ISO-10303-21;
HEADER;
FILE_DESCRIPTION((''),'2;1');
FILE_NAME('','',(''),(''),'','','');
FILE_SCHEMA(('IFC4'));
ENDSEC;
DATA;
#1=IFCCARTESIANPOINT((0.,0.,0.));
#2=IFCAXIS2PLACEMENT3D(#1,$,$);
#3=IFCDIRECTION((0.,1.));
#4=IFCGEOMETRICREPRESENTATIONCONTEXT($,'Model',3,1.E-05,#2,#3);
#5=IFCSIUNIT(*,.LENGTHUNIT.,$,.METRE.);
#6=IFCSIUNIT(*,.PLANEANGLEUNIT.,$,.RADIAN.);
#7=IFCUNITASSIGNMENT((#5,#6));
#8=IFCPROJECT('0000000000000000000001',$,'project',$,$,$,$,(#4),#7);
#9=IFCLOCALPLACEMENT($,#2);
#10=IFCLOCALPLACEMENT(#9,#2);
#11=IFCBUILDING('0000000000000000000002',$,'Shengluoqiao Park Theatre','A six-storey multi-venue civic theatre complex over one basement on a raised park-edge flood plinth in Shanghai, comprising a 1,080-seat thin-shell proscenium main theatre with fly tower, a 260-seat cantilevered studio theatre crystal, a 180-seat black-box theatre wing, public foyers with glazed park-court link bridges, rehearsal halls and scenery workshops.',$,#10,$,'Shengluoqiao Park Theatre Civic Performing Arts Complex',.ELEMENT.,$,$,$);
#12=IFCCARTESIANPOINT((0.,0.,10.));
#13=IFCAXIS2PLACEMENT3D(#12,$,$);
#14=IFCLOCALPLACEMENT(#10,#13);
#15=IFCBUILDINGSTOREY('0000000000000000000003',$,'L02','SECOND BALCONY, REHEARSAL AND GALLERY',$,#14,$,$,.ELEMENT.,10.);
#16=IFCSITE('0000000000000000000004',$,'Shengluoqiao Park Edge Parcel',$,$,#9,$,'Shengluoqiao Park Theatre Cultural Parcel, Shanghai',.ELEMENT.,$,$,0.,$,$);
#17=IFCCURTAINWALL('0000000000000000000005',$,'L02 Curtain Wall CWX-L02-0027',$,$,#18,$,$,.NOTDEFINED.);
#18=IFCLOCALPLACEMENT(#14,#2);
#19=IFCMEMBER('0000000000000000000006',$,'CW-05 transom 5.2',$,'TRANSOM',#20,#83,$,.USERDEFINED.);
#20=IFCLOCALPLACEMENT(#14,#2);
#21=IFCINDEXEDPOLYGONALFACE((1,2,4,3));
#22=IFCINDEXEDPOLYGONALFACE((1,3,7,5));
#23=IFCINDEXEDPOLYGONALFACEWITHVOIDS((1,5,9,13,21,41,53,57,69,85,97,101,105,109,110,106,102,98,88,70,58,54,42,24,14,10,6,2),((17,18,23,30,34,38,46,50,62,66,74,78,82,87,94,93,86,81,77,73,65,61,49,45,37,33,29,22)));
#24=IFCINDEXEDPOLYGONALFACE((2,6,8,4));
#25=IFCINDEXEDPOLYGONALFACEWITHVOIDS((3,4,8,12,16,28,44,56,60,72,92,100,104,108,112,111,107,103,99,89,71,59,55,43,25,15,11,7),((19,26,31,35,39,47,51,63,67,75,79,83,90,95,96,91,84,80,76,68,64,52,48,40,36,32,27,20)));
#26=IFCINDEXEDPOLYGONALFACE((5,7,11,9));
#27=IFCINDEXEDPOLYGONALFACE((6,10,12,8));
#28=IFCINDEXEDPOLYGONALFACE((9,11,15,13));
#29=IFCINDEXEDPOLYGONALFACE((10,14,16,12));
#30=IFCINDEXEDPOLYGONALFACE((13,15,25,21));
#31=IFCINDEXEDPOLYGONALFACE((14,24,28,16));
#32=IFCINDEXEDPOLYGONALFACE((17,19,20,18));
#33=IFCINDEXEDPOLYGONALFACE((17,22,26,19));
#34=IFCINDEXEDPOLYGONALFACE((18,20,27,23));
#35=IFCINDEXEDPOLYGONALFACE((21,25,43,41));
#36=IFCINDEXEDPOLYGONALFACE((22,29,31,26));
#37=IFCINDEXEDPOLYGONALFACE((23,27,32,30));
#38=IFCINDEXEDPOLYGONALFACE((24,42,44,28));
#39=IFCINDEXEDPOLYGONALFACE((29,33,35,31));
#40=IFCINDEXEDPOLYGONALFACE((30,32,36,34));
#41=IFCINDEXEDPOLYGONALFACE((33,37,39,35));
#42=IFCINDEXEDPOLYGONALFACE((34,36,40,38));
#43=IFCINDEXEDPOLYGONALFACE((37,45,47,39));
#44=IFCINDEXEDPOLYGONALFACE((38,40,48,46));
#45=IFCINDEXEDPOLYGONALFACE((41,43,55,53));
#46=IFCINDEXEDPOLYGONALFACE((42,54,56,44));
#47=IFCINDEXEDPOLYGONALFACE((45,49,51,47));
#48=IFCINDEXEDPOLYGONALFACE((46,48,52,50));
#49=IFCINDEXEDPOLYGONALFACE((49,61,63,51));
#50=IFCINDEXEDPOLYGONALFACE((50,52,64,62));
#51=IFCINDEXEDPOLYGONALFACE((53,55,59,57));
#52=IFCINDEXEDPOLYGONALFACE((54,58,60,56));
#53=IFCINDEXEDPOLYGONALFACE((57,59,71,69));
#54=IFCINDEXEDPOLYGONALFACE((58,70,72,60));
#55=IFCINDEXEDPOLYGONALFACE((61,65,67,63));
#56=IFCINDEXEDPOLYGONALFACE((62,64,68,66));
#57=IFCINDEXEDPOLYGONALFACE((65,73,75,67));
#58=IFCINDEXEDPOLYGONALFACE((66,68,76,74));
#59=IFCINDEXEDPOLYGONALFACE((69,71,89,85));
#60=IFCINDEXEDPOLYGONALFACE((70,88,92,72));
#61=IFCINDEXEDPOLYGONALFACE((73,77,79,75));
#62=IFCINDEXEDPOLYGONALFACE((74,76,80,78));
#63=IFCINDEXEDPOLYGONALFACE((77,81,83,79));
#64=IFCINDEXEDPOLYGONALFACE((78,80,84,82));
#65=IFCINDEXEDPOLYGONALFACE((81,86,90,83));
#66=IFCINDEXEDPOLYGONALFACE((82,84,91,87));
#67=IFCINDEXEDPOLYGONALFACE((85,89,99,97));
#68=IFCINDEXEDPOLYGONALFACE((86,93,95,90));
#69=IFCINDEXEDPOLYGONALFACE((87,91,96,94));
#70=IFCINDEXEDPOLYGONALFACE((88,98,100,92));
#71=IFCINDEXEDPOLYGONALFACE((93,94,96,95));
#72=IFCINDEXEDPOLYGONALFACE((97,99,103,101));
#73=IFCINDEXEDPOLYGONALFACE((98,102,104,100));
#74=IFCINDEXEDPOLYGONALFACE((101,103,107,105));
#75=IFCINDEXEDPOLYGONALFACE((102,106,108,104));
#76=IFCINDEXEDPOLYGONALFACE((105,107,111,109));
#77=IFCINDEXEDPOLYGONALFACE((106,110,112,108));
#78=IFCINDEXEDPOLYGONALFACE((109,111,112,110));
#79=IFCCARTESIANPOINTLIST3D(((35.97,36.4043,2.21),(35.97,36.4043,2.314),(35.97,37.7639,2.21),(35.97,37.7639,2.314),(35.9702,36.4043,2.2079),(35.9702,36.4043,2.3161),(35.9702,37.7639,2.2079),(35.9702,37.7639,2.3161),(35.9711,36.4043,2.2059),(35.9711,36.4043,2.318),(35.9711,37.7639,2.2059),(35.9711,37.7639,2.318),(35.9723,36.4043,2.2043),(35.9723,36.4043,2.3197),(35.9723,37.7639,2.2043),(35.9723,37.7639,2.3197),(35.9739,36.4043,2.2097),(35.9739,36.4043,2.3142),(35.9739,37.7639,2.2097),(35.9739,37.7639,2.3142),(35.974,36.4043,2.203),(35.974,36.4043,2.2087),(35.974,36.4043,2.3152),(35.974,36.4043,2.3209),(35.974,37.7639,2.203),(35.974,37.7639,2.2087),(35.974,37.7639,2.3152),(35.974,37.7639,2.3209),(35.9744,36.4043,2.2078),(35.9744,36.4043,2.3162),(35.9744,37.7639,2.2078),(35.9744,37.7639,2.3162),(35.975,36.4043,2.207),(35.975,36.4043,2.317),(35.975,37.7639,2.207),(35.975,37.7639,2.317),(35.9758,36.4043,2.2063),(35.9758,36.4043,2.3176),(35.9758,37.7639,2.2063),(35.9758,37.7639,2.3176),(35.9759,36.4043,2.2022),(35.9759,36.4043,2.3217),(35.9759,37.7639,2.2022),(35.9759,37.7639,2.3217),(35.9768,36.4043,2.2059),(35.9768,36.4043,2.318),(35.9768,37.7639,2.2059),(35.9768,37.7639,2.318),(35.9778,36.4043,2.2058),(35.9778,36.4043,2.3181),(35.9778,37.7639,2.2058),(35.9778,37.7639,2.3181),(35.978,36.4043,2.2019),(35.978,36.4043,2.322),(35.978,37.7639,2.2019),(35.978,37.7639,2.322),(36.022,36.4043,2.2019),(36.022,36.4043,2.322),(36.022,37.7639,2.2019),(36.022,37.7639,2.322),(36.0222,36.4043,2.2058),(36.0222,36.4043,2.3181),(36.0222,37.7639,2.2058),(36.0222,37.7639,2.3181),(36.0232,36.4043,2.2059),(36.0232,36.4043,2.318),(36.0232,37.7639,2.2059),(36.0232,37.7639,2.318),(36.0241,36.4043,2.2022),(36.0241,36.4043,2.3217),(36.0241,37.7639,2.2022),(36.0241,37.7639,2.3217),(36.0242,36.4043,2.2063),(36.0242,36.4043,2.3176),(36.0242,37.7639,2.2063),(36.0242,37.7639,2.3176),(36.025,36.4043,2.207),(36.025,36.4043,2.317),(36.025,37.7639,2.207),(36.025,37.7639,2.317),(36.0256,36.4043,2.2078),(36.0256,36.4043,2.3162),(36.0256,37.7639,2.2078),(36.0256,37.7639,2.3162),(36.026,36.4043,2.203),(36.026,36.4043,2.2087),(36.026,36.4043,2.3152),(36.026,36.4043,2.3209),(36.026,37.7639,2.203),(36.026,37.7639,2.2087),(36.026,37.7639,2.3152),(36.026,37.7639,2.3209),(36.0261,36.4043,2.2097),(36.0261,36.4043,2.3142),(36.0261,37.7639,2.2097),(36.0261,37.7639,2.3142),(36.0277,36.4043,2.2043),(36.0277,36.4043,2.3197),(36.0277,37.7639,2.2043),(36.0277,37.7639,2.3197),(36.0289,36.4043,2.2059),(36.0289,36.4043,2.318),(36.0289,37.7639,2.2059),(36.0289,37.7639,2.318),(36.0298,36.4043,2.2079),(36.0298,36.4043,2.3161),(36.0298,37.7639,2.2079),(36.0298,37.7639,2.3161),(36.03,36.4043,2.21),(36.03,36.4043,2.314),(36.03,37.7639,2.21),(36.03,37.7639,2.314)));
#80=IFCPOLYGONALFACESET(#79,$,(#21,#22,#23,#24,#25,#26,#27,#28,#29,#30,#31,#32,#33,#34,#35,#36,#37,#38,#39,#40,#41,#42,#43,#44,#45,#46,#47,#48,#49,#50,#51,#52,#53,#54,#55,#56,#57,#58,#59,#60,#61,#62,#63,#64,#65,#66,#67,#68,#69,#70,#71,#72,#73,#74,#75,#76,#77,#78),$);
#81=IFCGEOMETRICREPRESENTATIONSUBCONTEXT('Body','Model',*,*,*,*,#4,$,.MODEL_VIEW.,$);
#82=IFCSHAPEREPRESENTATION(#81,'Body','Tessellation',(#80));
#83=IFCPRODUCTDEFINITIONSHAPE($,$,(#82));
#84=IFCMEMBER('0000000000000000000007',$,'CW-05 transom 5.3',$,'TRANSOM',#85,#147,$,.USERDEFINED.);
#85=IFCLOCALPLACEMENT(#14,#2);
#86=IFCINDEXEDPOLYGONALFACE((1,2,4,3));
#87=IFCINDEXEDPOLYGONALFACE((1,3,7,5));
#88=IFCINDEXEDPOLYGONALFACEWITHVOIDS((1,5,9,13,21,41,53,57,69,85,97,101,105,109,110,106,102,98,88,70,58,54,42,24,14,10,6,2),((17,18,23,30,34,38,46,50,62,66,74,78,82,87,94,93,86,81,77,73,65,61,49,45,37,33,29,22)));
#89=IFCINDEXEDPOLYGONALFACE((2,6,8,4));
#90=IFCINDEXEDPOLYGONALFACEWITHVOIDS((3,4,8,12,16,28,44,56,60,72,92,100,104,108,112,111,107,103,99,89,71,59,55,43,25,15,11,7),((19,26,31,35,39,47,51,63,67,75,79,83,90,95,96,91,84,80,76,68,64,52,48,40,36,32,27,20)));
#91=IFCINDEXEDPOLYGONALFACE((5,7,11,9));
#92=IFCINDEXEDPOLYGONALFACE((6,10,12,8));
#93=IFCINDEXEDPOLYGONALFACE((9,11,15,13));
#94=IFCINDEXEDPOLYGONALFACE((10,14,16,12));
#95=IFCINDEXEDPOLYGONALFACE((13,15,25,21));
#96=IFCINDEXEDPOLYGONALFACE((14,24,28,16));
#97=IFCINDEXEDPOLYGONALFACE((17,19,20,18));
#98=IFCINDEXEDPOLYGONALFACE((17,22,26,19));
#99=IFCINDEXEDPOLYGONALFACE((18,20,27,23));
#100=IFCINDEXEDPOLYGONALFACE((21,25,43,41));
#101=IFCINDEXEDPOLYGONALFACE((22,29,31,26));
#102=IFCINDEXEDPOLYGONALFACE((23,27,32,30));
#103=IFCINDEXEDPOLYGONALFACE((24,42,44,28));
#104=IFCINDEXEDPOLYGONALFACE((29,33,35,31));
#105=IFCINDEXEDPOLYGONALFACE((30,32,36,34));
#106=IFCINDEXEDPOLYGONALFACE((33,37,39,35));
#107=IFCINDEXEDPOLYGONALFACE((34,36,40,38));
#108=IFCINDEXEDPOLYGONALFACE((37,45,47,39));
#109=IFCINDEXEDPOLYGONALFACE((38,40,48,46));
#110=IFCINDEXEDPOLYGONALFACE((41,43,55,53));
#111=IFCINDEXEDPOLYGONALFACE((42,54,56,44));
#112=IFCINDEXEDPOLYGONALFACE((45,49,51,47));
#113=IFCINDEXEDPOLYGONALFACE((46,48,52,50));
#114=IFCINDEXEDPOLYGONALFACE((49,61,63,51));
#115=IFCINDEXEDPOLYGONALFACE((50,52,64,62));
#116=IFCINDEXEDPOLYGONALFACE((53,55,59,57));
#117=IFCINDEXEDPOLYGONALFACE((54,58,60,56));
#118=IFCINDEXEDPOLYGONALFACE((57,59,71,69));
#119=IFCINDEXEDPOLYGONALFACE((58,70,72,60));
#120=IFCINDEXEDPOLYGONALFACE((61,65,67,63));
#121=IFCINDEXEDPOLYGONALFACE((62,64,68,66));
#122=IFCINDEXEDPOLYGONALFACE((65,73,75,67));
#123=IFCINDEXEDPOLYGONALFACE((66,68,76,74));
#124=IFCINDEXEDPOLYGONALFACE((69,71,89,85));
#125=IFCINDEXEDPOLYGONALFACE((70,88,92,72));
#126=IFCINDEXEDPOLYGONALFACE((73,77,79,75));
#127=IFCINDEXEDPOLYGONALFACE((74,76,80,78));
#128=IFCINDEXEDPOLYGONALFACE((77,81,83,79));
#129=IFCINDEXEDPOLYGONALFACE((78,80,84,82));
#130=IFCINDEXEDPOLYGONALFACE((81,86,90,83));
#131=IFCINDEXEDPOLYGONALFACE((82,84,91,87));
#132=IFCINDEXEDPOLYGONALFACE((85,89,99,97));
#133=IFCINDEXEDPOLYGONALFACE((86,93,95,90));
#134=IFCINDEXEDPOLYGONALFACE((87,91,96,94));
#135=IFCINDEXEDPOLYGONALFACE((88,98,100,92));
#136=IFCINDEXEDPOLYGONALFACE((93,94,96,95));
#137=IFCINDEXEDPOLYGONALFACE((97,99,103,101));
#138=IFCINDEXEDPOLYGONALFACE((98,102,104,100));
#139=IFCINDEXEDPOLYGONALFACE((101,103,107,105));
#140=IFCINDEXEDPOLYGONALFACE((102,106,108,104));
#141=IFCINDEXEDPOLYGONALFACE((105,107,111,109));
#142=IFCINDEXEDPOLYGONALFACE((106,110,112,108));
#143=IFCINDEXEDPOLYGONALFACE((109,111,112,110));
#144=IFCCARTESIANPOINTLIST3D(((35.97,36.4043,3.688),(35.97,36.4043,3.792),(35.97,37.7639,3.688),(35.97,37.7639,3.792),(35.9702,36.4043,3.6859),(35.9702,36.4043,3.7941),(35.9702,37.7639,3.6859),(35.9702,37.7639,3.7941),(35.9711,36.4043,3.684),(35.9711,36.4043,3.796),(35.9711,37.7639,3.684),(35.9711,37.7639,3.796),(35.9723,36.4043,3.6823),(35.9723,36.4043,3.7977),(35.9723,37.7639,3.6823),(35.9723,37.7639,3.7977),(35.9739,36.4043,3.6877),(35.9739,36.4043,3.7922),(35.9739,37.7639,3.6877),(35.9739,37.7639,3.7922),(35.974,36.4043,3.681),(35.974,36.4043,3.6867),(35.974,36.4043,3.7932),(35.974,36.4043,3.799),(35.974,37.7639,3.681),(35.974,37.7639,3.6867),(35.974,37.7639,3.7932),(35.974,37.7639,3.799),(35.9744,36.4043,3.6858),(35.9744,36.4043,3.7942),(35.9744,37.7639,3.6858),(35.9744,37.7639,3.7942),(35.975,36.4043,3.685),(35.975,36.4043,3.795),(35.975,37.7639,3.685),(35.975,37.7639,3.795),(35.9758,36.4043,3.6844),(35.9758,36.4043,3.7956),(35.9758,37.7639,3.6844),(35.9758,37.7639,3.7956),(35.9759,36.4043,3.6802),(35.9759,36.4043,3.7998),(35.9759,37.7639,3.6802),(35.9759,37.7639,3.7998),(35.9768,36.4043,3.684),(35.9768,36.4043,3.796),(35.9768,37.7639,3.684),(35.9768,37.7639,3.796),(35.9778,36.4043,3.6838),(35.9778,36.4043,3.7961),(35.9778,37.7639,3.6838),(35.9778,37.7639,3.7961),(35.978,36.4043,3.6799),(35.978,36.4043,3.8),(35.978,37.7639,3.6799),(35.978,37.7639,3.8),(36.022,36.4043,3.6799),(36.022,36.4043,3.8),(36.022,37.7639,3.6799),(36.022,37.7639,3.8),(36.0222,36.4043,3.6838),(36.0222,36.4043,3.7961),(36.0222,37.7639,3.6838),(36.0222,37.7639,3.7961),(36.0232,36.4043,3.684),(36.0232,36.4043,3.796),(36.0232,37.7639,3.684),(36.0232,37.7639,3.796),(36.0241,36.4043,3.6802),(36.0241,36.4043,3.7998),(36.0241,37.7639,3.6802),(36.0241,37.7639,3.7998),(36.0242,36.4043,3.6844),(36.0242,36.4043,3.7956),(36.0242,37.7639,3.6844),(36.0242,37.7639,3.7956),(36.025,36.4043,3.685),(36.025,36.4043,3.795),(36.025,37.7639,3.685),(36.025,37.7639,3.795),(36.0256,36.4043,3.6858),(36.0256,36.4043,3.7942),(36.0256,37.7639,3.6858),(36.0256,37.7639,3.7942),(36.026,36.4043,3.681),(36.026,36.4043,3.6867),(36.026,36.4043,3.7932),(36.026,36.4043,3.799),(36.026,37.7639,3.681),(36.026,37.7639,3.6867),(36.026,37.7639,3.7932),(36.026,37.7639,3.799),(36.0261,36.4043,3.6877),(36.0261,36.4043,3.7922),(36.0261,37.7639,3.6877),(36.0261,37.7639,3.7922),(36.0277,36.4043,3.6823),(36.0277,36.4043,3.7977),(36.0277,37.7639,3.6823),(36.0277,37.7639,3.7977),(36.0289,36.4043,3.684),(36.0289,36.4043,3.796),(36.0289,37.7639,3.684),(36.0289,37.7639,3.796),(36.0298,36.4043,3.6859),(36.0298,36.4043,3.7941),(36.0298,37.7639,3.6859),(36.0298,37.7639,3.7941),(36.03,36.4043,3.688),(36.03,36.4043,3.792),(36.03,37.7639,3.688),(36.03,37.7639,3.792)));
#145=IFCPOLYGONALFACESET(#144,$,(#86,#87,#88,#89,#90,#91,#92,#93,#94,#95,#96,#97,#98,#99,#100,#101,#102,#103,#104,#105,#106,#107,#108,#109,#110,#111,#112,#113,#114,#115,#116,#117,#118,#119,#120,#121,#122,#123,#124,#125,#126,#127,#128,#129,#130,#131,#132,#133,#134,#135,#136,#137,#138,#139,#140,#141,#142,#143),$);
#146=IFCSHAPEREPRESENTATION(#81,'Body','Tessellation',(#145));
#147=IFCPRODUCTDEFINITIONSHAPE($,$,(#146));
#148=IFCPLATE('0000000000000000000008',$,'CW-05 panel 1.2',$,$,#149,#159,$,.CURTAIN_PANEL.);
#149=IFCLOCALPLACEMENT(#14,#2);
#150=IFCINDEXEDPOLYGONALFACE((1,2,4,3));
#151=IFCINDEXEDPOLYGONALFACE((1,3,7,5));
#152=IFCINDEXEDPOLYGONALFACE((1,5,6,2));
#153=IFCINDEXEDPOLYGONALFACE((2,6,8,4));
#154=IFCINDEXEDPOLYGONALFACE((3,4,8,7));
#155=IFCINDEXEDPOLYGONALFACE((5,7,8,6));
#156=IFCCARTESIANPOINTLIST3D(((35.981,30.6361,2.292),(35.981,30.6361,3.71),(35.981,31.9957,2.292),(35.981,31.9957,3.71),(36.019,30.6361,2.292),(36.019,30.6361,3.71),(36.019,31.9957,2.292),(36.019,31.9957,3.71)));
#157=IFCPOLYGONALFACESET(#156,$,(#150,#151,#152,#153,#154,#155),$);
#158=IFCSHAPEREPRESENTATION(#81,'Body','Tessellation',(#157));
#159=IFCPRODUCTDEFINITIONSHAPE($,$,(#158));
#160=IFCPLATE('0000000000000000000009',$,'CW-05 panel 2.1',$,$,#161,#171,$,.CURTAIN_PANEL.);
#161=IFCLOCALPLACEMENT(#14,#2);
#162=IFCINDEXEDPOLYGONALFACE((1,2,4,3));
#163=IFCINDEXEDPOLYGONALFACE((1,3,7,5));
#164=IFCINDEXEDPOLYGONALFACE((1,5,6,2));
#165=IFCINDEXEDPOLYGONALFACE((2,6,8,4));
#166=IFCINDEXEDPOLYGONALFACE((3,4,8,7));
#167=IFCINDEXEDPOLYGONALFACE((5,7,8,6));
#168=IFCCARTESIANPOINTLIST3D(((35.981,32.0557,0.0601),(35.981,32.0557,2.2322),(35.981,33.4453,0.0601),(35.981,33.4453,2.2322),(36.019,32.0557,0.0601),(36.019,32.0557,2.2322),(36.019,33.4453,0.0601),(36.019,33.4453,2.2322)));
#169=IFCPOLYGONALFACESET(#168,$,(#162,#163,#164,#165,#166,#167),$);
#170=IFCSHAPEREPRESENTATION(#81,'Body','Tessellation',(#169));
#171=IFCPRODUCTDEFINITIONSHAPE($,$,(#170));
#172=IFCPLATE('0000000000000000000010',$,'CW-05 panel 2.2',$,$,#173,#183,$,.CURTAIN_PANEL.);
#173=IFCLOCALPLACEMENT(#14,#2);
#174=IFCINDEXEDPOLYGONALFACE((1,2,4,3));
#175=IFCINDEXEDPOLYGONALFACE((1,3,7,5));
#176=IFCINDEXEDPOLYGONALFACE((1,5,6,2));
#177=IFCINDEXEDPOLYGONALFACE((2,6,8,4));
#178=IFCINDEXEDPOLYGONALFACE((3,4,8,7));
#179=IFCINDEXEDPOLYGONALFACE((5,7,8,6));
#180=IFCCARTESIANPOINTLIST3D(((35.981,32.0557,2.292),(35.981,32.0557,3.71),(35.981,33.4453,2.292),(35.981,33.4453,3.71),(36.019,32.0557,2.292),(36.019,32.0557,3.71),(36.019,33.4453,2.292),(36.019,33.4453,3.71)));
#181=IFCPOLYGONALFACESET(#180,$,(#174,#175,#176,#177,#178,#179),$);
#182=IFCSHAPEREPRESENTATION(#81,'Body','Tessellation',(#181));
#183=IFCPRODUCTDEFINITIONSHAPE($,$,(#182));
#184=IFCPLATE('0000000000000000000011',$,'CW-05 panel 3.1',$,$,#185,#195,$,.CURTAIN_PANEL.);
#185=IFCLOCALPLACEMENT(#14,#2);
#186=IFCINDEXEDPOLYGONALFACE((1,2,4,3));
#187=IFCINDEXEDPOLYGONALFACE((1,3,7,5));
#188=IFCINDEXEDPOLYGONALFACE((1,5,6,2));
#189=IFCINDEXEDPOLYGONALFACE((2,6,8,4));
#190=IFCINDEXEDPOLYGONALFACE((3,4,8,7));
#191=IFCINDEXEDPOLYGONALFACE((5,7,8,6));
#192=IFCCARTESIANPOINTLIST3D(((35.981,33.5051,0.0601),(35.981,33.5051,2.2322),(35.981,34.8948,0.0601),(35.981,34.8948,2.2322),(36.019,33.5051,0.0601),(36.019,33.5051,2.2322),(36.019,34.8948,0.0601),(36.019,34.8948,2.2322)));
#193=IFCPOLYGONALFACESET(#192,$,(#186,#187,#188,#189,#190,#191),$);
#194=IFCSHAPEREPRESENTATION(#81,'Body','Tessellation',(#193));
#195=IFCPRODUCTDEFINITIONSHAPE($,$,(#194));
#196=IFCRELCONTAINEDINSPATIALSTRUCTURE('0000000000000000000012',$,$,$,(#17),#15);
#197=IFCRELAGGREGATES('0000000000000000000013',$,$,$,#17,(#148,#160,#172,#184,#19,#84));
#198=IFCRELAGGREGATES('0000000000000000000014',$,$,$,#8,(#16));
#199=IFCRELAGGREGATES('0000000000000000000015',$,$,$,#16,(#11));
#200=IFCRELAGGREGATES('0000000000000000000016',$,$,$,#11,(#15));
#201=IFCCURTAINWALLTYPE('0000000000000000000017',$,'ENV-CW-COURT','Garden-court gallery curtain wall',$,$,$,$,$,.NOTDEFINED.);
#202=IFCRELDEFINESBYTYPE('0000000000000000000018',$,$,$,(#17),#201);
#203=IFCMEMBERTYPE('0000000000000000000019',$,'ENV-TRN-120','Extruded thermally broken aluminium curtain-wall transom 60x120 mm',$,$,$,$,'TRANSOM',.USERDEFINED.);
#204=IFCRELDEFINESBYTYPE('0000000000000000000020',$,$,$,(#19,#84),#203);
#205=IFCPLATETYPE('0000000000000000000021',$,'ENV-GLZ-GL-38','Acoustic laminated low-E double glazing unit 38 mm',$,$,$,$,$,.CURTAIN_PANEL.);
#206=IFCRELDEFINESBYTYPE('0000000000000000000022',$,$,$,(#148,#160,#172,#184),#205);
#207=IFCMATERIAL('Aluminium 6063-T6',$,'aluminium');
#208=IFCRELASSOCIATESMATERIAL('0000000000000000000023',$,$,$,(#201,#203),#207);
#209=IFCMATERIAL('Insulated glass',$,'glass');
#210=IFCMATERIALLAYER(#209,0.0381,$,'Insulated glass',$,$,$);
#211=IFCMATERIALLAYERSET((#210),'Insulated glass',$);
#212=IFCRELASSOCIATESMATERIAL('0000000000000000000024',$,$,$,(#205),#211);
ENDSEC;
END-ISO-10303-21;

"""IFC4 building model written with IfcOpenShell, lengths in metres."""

from ifc_helpers import new_model, si_unit, direction, frame, origin, origin_2d, place, context, subcontext, project, spatial, rectangle, hollow_rectangle, extrude, material, layer, layer_set, material_profile, profile_set, type_object, element, aggregate, save


model = new_model("IFC4")

# Units and contexts
model_context = context("Model", 3, precision=1e-05, world=origin(), true_north=direction((0.0, 1.0)))
body_context = subcontext(model_context, "Body", "Model", "MODEL_VIEW")
ifc_project = project(units=[si_unit("LENGTHUNIT", "METRE"), si_unit("PLANEANGLEUNIT", "RADIAN")], contexts=[model_context])

# Site, building, storey
site_placement = place(None, origin())
site = spatial("IfcSite", under=ifc_project, at=site_placement, Name="Shengluoqiao Park Edge Parcel", LongName="Shengluoqiao Park Theatre Cultural Parcel, Shanghai", CompositionType="ELEMENT", RefElevation=0.0)
building_placement = place(site_placement, origin())
building = spatial("IfcBuilding", under=site, at=building_placement, Name="Shengluoqiao Park Theatre", Description="A six-storey multi-venue civic theatre complex over one basement on a raised park-edge flood plinth in Shanghai, comprising a 1,080-seat thin-shell proscenium main theatre with fly tower, a 260-seat cantilevered studio theatre crystal, a 180-seat black-box theatre wing, public foyers with glazed park-court link bridges, rehearsal halls and scenery workshops.", LongName="Shengluoqiao Park Theatre Civic Performing Arts Complex", CompositionType="ELEMENT")
storey_placement = place(building_placement, frame((0.0, 0.0, 10.0)))
storey = spatial("IfcBuildingStorey", under=building, at=storey_placement, Name="L02", Description="SECOND BALCONY, REHEARSAL AND GALLERY", CompositionType="ELEMENT", Elevation=10.0)

# Curtain wall, members, plates
ifc_material_1 = material(Name="Aluminium 6063-T6", Category="aluminium")
curtain_wall_type = type_object("IfcCurtainWallType", Name="ENV-CW-COURT", Description="Garden-court gallery curtain wall", PredefinedType="NOTDEFINED", material=ifc_material_1)
curtain_wall_placement = place(storey_placement, origin())
curtain_wall = element("IfcCurtainWall", 1, at=curtain_wall_placement, inside=storey, type_object=curtain_wall_type, Name="L02 Curtain Wall CWX-L02-0027", PredefinedType="NOTDEFINED")
ifc_material_profile_1 = material_profile(ifc_material_1, hollow_rectangle(XDim=0.0601, YDim=0.1201, WallThickness=0.0039, InnerFilletRadius=0.0039, OuterFilletRadius=0.0081, at=origin_2d()), Name="ALU TRANSOM 120x60x4")
ifc_profile_set_1 = profile_set([ifc_material_profile_1], Name="Aluminium 6063-T6")
member_type_1 = type_object("IfcMemberType", Name="ENV-TRN-120", Description="Extruded thermally broken aluminium curtain-wall transom 60x120 mm", ElementType="TRANSOM", PredefinedType="USERDEFINED", material=ifc_profile_set_1)
member_1_placement = place(storey_placement, frame((36.0, 36.4043, 2.262), z_axis=(0.0, 1.0, 0.0), x_axis=(-1.0, 0.0, 0.0)))
member_1 = element("IfcMember", 2, at=member_1_placement, type_object=member_type_1, Name="CW-05 transom 5.2", ObjectType="TRANSOM", PredefinedType="USERDEFINED", context=body_context, shape_type="SweptSolid", body=[
    extrude(hollow_rectangle(XDim=0.0601, YDim=0.1201, WallThickness=0.0039, InnerFilletRadius=0.0039, OuterFilletRadius=0.0081, at=origin_2d()), origin(), (0.0, 0.0, 1.0), 1.3596),
])
member_2_placement = place(storey_placement, frame((36.0, 36.4043, 3.74), z_axis=(0.0, 1.0, 0.0), x_axis=(-1.0, 0.0, 0.0)))
member_2 = element("IfcMember", 3, at=member_2_placement, type_object=member_type_1, Name="CW-05 transom 5.3", ObjectType="TRANSOM", PredefinedType="USERDEFINED", context=body_context, shape_type="SweptSolid", body=[
    extrude(hollow_rectangle(XDim=0.0601, YDim=0.1201, WallThickness=0.0039, InnerFilletRadius=0.0039, OuterFilletRadius=0.0081, at=origin_2d()), origin(), (0.0, 0.0, 1.0), 1.3596),
])
ifc_material_2 = material(Name="Insulated glass", Category="glass")
ifc_layer = layer(ifc_material_2, 0.0381, Name="Insulated glass")
ifc_layer_set = layer_set([ifc_layer], Name="Insulated glass")
plate_type = type_object("IfcPlateType", Name="ENV-GLZ-GL-38", Description="Acoustic laminated low-E double glazing unit 38 mm", PredefinedType="CURTAIN_PANEL", material=ifc_layer_set)
plate_1_placement = place(storey_placement, frame((36.0, 31.3159, 2.292), z_axis=(0.0, 0.0, 1.0), x_axis=(0.0, 1.0, 0.0)))
plate_1 = element("IfcPlate", 4, at=plate_1_placement, type_object=plate_type, Name="CW-05 panel 1.2", PredefinedType="CURTAIN_PANEL", context=body_context, shape_type="SweptSolid", body=[
    extrude(rectangle(XDim=1.3596, YDim=0.0381, at=origin_2d()), origin(), (0.0, 0.0, 1.0), 1.418),
])
plate_2_placement = place(storey_placement, frame((36.0, 32.7505, 0.0601), z_axis=(0.0, 0.0, 1.0), x_axis=(0.0, 1.0, 0.0)))
plate_2 = element("IfcPlate", 5, at=plate_2_placement, type_object=plate_type, Name="CW-05 panel 2.1", PredefinedType="CURTAIN_PANEL", context=body_context, shape_type="SweptSolid", body=[
    extrude(rectangle(XDim=1.3896, YDim=0.0381, at=origin_2d()), origin(), (0.0, 0.0, 1.0), 2.1721),
])
plate_3_placement = place(storey_placement, frame((36.0, 32.7505, 2.292), z_axis=(0.0, 0.0, 1.0), x_axis=(0.0, 1.0, 0.0)))
plate_3 = element("IfcPlate", 6, at=plate_3_placement, type_object=plate_type, Name="CW-05 panel 2.2", PredefinedType="CURTAIN_PANEL", context=body_context, shape_type="SweptSolid", body=[
    extrude(rectangle(XDim=1.3896, YDim=0.0381, at=origin_2d()), origin(), (0.0, 0.0, 1.0), 1.418),
])
plate_4_placement = place(storey_placement, frame((36.0, 34.2, 0.0601), z_axis=(0.0, 0.0, 1.0), x_axis=(0.0, 1.0, 0.0)))
plate_4 = element("IfcPlate", 7, at=plate_4_placement, type_object=plate_type, Name="CW-05 panel 3.1", PredefinedType="CURTAIN_PANEL", context=body_context, shape_type="SweptSolid", body=[
    extrude(rectangle(XDim=1.3896, YDim=0.0381, at=origin_2d()), origin(), (0.0, 0.0, 1.0), 2.1721),
])
aggregate(curtain_wall, [plate_1, plate_2, plate_3, plate_4, member_1, member_2])

save(model, "model.ifc")
